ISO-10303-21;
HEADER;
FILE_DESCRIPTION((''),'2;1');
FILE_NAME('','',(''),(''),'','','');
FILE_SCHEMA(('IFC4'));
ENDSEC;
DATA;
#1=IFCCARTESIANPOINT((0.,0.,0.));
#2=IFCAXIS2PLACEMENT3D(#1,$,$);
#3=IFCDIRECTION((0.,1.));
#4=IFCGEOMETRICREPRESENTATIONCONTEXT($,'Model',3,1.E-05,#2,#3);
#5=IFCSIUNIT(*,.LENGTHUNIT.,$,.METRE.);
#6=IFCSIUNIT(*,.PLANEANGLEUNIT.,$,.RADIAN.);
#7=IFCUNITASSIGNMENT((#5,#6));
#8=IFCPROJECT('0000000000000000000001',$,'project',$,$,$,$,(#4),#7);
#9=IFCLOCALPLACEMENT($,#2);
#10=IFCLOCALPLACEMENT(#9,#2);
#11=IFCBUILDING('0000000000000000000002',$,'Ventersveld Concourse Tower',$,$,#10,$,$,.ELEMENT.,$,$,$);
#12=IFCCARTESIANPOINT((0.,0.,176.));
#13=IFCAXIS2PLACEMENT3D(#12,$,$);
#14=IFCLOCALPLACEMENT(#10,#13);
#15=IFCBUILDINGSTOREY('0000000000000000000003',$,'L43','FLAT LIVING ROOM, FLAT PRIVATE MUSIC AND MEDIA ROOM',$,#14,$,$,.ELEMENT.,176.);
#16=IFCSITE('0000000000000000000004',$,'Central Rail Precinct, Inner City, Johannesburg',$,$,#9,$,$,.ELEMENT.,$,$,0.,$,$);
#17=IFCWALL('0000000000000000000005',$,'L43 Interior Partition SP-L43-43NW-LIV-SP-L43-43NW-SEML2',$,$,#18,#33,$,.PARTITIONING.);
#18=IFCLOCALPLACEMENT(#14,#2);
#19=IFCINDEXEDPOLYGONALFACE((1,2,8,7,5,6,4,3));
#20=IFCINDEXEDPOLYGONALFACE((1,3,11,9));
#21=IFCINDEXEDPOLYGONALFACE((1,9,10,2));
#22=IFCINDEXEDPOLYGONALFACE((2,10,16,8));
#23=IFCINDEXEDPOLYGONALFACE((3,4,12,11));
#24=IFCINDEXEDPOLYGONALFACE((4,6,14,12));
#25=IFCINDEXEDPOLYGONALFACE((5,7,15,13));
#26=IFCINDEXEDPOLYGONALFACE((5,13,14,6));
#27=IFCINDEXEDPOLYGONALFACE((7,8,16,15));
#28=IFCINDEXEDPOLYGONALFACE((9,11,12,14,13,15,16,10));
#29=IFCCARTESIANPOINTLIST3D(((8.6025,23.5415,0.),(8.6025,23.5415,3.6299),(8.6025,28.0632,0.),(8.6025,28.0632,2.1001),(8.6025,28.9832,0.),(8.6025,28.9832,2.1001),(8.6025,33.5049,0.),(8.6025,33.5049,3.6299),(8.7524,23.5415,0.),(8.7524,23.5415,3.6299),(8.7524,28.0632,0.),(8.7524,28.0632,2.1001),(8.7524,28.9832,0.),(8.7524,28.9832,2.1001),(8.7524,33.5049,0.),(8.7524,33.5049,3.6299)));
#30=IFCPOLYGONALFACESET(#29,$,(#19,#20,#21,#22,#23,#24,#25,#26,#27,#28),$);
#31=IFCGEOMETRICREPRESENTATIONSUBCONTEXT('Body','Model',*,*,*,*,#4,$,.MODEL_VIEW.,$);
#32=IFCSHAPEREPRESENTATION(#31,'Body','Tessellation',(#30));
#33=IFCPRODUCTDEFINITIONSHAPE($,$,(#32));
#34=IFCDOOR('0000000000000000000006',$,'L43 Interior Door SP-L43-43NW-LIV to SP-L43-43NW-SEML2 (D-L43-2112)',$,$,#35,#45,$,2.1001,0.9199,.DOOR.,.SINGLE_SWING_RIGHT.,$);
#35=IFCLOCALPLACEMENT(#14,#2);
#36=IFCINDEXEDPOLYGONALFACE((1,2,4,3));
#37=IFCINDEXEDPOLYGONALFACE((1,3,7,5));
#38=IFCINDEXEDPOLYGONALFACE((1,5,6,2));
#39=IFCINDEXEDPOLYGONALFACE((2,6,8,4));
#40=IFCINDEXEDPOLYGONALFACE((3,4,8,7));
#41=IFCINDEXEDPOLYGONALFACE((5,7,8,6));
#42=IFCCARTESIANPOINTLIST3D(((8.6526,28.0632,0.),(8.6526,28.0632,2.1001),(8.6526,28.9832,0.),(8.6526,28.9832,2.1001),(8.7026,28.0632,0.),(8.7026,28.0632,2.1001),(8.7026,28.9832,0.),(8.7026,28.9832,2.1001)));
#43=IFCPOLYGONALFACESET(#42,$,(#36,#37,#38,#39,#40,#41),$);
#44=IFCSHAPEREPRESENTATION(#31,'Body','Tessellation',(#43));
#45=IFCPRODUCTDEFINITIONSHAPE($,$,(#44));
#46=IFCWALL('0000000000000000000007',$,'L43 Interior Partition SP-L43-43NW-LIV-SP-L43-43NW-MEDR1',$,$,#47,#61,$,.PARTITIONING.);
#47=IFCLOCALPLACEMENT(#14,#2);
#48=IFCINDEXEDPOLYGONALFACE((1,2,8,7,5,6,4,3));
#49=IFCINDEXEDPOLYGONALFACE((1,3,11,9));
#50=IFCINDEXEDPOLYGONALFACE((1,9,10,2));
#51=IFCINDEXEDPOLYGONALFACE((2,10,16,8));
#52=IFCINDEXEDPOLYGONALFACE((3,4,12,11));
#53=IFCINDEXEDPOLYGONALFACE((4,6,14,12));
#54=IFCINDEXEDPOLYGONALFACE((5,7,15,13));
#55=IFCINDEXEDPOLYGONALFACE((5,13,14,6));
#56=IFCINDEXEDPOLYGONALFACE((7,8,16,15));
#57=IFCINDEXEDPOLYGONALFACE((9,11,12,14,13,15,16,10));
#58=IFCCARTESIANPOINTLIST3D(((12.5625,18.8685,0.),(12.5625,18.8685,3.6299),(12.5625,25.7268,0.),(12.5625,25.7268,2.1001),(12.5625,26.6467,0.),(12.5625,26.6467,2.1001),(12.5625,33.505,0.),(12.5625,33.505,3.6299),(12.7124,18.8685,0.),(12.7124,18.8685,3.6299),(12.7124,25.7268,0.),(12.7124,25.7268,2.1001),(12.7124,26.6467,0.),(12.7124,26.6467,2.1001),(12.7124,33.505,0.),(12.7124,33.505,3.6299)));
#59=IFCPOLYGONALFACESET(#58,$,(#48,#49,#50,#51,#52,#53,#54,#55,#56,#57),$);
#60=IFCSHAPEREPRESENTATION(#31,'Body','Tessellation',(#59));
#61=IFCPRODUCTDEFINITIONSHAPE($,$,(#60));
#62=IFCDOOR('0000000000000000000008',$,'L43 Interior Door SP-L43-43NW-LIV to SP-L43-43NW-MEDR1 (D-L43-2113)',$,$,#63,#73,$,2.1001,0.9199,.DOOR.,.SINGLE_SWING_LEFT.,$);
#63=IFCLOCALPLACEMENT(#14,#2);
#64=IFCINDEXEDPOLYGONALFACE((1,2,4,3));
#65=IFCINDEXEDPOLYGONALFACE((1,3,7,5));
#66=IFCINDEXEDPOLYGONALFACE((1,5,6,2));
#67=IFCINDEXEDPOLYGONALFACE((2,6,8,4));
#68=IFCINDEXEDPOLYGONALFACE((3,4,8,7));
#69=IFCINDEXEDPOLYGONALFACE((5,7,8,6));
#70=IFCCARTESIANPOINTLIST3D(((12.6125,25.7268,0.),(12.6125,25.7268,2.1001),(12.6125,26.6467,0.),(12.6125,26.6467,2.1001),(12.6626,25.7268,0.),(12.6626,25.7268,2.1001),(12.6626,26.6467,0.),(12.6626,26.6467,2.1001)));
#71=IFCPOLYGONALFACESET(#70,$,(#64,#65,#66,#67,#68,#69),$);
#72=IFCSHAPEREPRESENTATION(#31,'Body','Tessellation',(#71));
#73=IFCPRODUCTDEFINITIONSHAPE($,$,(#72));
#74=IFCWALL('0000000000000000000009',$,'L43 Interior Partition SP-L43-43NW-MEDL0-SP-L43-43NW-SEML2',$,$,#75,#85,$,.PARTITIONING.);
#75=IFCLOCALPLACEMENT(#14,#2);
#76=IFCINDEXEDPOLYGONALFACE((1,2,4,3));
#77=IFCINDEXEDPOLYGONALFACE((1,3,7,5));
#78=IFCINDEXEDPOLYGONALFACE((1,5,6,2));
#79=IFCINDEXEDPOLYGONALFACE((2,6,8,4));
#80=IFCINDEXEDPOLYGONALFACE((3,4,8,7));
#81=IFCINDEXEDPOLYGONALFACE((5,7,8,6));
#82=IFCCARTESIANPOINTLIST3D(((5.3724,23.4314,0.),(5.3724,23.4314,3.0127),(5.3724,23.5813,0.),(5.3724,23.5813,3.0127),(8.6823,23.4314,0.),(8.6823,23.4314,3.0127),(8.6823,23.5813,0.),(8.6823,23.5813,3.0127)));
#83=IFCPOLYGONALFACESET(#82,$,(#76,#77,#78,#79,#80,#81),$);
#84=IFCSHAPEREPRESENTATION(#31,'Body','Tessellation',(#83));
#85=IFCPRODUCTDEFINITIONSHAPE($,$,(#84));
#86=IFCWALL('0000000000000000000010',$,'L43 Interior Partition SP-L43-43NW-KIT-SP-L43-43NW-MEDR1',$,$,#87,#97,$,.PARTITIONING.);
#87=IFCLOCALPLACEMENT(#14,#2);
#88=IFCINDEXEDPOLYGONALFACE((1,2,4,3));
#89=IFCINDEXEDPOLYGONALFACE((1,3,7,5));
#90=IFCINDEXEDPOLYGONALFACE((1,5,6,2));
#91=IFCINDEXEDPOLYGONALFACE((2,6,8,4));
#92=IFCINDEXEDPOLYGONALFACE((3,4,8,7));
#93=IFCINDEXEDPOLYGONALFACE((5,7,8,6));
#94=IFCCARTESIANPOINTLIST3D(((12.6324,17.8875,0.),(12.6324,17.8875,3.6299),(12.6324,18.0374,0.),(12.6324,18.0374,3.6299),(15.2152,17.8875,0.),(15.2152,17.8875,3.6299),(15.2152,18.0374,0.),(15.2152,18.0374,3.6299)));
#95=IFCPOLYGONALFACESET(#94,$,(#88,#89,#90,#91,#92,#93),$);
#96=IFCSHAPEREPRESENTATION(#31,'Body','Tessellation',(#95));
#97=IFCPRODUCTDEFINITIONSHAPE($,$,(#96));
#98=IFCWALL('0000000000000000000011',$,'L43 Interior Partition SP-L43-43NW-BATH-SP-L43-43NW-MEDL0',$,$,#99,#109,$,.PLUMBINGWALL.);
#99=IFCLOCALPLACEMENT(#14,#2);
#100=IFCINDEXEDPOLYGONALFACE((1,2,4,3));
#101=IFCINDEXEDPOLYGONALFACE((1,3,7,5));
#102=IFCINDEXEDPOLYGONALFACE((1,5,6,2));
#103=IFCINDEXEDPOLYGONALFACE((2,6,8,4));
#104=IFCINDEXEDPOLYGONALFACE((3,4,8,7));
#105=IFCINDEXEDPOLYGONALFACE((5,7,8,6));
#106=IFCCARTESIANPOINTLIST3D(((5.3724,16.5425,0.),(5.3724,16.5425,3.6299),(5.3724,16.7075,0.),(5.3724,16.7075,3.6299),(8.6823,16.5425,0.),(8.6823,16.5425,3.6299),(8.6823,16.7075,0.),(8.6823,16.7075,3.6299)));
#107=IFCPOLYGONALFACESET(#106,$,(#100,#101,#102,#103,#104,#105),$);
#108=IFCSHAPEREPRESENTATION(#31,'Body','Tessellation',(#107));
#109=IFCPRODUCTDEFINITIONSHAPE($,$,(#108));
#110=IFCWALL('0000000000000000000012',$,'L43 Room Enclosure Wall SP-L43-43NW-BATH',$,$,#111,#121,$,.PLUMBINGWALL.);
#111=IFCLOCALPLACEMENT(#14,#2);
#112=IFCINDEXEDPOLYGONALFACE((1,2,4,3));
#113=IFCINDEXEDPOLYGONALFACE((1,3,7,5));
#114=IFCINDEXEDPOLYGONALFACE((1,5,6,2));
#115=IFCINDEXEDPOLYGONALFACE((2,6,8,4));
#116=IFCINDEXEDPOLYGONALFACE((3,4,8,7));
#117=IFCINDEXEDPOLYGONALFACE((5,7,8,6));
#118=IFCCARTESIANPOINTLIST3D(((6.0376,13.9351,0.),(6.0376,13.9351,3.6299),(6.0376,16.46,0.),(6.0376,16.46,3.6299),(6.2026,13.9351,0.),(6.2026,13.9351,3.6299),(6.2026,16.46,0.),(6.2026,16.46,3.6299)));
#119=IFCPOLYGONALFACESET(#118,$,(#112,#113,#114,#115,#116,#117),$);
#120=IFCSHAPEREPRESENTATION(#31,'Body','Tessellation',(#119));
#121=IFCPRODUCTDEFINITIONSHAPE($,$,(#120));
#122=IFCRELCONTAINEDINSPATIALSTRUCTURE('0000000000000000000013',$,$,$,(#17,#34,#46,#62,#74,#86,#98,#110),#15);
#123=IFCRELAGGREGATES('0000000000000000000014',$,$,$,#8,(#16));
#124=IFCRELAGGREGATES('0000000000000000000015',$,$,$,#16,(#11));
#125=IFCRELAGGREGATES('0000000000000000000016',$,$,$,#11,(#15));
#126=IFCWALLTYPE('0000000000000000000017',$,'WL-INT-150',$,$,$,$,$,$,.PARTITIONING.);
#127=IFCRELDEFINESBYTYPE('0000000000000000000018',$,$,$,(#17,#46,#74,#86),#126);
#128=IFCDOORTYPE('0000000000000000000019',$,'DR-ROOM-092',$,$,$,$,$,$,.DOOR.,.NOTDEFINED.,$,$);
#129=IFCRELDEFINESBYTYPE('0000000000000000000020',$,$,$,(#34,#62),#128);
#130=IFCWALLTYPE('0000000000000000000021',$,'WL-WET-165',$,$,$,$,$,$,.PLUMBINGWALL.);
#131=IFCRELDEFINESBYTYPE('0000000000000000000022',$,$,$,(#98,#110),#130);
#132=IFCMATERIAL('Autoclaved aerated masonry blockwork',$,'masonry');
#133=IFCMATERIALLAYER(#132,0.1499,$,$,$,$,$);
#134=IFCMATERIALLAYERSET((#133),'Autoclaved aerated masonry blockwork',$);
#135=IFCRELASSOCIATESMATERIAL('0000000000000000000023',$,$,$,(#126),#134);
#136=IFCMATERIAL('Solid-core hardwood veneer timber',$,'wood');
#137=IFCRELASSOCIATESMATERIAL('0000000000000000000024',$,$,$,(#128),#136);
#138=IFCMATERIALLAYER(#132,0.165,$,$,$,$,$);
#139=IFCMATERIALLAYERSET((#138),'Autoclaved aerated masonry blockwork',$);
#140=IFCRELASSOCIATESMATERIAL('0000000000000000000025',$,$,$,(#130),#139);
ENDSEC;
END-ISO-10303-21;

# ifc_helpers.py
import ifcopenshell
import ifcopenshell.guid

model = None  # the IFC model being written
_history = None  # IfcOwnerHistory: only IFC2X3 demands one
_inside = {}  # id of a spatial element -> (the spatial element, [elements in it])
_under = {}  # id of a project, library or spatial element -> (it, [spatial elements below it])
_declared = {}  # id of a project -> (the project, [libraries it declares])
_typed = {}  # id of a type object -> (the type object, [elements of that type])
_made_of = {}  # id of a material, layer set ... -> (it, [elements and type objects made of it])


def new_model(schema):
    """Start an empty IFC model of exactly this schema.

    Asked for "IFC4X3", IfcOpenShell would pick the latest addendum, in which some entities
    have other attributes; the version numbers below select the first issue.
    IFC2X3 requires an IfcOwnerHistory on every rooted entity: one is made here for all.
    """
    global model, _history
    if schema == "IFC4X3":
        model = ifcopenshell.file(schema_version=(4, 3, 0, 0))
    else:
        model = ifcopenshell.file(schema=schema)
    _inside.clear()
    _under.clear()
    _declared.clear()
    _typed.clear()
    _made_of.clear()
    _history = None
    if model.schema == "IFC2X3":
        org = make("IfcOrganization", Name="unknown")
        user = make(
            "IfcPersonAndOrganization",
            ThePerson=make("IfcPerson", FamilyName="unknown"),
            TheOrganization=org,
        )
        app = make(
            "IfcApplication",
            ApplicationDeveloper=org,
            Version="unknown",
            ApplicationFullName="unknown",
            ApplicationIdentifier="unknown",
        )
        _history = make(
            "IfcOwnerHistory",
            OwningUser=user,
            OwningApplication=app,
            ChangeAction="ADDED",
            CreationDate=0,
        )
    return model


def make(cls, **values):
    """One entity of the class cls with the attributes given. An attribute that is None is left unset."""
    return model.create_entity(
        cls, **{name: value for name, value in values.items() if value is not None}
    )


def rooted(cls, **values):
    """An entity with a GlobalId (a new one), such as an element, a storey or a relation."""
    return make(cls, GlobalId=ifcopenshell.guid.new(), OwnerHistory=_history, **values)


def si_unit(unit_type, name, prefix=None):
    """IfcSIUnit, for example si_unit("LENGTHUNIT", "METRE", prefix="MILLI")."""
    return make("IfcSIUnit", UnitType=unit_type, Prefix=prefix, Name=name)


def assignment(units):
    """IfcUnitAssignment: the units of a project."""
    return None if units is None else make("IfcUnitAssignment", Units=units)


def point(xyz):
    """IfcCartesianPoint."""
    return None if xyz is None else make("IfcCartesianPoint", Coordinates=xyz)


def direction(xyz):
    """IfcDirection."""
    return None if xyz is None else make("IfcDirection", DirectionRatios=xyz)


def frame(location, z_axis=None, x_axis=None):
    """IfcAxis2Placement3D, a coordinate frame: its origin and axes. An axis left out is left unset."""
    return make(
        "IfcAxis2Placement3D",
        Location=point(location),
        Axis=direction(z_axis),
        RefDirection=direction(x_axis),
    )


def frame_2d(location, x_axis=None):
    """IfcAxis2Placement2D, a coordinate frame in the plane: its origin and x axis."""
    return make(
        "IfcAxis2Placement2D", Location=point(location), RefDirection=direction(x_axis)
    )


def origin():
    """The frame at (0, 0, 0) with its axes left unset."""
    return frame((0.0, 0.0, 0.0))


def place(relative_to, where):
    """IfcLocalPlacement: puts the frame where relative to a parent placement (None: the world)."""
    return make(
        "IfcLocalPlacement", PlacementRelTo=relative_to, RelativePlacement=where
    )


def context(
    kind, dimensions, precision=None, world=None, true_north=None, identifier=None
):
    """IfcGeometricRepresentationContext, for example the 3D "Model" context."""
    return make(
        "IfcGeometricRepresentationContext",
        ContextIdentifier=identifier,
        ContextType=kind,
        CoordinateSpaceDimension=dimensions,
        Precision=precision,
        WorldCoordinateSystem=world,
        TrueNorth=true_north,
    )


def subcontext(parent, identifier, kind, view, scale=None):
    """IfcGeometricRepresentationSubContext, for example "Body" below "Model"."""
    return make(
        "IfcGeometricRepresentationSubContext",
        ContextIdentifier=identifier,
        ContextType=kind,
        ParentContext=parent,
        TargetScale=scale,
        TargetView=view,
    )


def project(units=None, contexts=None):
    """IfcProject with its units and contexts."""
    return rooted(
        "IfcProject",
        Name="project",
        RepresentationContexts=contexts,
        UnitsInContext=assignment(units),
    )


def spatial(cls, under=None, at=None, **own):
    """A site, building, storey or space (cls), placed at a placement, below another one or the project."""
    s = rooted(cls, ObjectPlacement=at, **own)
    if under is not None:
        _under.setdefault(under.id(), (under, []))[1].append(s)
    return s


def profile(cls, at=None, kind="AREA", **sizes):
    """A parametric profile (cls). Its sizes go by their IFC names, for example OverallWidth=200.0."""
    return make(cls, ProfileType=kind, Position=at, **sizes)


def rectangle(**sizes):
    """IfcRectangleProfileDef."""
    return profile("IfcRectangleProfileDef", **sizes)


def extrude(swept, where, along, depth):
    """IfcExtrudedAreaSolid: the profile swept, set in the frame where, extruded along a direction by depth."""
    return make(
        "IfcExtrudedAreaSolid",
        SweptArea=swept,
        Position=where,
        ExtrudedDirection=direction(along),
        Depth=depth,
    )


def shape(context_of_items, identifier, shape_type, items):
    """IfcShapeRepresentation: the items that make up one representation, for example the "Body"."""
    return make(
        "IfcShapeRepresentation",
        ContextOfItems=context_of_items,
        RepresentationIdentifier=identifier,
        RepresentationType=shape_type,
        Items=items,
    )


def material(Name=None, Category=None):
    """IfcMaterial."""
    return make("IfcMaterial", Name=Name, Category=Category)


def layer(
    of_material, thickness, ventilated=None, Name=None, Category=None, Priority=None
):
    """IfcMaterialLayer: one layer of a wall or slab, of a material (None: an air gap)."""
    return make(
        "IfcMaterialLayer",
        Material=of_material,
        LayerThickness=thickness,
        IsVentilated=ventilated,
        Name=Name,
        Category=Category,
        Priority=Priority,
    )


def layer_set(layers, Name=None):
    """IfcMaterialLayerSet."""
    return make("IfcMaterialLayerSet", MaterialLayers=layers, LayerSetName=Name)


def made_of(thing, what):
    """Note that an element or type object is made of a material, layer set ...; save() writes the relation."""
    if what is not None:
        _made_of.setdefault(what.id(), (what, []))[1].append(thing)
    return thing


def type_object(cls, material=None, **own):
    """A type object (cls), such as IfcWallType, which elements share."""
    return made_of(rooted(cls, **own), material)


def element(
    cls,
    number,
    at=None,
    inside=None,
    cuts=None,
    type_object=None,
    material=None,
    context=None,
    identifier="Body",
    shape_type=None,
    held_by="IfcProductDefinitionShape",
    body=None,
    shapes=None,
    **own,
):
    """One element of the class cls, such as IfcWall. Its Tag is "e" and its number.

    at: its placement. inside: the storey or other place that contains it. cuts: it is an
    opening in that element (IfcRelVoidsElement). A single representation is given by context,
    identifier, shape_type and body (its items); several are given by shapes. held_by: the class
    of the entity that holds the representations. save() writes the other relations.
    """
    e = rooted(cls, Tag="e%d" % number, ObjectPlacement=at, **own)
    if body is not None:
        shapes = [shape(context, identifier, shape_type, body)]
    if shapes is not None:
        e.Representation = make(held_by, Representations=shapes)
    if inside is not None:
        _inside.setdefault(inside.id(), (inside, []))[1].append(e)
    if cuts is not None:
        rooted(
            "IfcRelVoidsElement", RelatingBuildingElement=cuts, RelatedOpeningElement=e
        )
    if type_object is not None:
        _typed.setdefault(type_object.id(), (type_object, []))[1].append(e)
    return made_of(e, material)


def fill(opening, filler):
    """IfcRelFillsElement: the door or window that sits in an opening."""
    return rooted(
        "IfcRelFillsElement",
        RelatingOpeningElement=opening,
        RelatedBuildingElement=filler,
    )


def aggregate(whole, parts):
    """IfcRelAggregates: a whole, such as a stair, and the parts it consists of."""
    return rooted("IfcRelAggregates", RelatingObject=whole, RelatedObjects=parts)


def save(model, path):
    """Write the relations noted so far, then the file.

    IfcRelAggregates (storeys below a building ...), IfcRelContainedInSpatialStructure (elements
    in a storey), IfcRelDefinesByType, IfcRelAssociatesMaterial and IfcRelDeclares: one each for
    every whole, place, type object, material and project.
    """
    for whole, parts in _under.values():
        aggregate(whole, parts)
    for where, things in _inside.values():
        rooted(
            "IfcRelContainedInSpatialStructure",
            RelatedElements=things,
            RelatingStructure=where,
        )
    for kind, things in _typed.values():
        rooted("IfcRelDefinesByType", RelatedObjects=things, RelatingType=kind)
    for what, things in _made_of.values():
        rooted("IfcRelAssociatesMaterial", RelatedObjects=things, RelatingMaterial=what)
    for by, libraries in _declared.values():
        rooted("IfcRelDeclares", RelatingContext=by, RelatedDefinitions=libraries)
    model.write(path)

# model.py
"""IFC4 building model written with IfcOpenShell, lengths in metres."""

from ifc_helpers import new_model, si_unit, direction, frame, frame_2d, origin, place, context, subcontext, project, spatial, rectangle, extrude, material, layer, layer_set, type_object, element, fill, save


model = new_model("IFC4")

# Units and contexts
model_context = context("Model", 3, precision=1e-05, world=origin(), true_north=direction((0.0, 1.0)))
body_context = subcontext(model_context, "Body", "Model", "MODEL_VIEW")
ifc_project = project(units=[si_unit("LENGTHUNIT", "METRE"), si_unit("PLANEANGLEUNIT", "RADIAN")], contexts=[model_context])

# Site, building, storey
site_placement = place(None, origin())
site = spatial("IfcSite", under=ifc_project, at=site_placement, Name="Central Rail Precinct, Inner City, Johannesburg", CompositionType="ELEMENT", RefElevation=0.0)
building_placement = place(site_placement, origin())
building = spatial("IfcBuilding", under=site, at=building_placement, Name="Ventersveld Concourse Tower", CompositionType="ELEMENT")
storey_placement = place(building_placement, frame((0.0, 0.0, 176.0)))
storey = spatial("IfcBuildingStorey", under=building, at=storey_placement, Name="L43", Description="FLAT LIVING ROOM, FLAT PRIVATE MUSIC AND MEDIA ROOM", CompositionType="ELEMENT", Elevation=176.0)

# Shared definitions
ifc_material_1 = material(Name="Autoclaved aerated masonry blockwork", Category="masonry")
ifc_layer_1 = layer(ifc_material_1, 0.1499)
ifc_layer_set_1 = layer_set([ifc_layer_1], Name="Autoclaved aerated masonry blockwork")
wall_type_1 = type_object("IfcWallType", Name="WL-INT-150", PredefinedType="PARTITIONING", material=ifc_layer_set_1)
ifc_material_2 = material(Name="Solid-core hardwood veneer timber", Category="wood")
door_type = type_object("IfcDoorType", Name="DR-ROOM-092", OperationType="NOTDEFINED", PredefinedType="DOOR", material=ifc_material_2)

# Walls, openings, doors
wall_1_placement = place(storey_placement, frame((8.6775, 23.5415, 0.0), z_axis=(0.0, 0.0, 1.0), x_axis=(0.0, 1.0, 0.0)))
wall_1 = element("IfcWall", 1, at=wall_1_placement, inside=storey, type_object=wall_type_1, Name="L43 Interior Partition SP-L43-43NW-LIV-SP-L43-43NW-SEML2", PredefinedType="PARTITIONING", context=body_context, shape_type="SweptSolid", body=[
    extrude(rectangle(XDim=9.9634, YDim=0.1499, at=frame_2d((4.9817, 0.0))), origin(), (0.0, 0.0, 1.0), 3.6299),
])
opening_1_placement = place(wall_1_placement, frame((4.5217, 0.0, 0.0)))
opening_1 = element("IfcOpeningElement", 2, at=opening_1_placement, cuts=wall_1, PredefinedType="OPENING", context=body_context, shape_type="SweptSolid", body=[
    extrude(rectangle(XDim=0.9199, YDim=2.1001, at=frame_2d((0.46, 1.05))), frame((0.0, 0.085, 0.0), z_axis=(0.0, -1.0, 0.0), x_axis=(1.0, 0.0, 0.0)), (0.0, 0.0, 1.0), 0.1699),
])
door_1_placement = place(opening_1_placement, origin())
door_1 = element("IfcDoor", 3, at=door_1_placement, inside=storey, type_object=door_type, Name="L43 Interior Door SP-L43-43NW-LIV to SP-L43-43NW-SEML2 (D-L43-2112)", OperationType="SINGLE_SWING_RIGHT", OverallHeight=2.1001, OverallWidth=0.9199, PredefinedType="DOOR", context=body_context, shape_type="SweptSolid", body=[
    extrude(rectangle(XDim=0.9199, YDim=2.1001, at=frame_2d((0.46, 1.05))), frame((0.0, 0.0249, 0.0), z_axis=(0.0, -1.0, 0.0), x_axis=(1.0, 0.0, 0.0)), (0.0, 0.0, 1.0), 0.05),
])
fill(opening_1, door_1)
wall_2_placement = place(storey_placement, frame((12.6375, 18.8684, 0.0), z_axis=(0.0, 0.0, 1.0), x_axis=(0.0, 1.0, 0.0)))
wall_2 = element("IfcWall", 4, at=wall_2_placement, inside=storey, type_object=wall_type_1, Name="L43 Interior Partition SP-L43-43NW-LIV-SP-L43-43NW-MEDR1", PredefinedType="PARTITIONING", context=body_context, shape_type="SweptSolid", body=[
    extrude(rectangle(XDim=14.6365, YDim=0.1499, at=frame_2d((7.3184, 0.0))), origin(), (0.0, 0.0, 1.0), 3.6299),
])
opening_2_placement = place(wall_2_placement, frame((6.8584, 0.0, 0.0)))
opening_2 = element("IfcOpeningElement", 5, at=opening_2_placement, cuts=wall_2, PredefinedType="OPENING", context=body_context, shape_type="SweptSolid", body=[
    extrude(rectangle(XDim=0.9199, YDim=2.1001, at=frame_2d((0.46, 1.05))), frame((0.0, 0.085, 0.0), z_axis=(0.0, -1.0, 0.0), x_axis=(1.0, 0.0, 0.0)), (0.0, 0.0, 1.0), 0.1699),
])
door_2_placement = place(opening_2_placement, origin())
door_2 = element("IfcDoor", 6, at=door_2_placement, inside=storey, type_object=door_type, Name="L43 Interior Door SP-L43-43NW-LIV to SP-L43-43NW-MEDR1 (D-L43-2113)", OperationType="SINGLE_SWING_LEFT", OverallHeight=2.1001, OverallWidth=0.9199, PredefinedType="DOOR", context=body_context, shape_type="SweptSolid", body=[
    extrude(rectangle(XDim=0.9199, YDim=2.1001, at=frame_2d((0.46, 1.05))), frame((0.0, 0.0249, 0.0), z_axis=(0.0, -1.0, 0.0), x_axis=(1.0, 0.0, 0.0)), (0.0, 0.0, 1.0), 0.05),
])
fill(opening_2, door_2)

# Walls
wall_3_placement = place(storey_placement, frame((5.3726, 23.5063, 0.0), z_axis=(0.0, 0.0, 1.0), x_axis=(1.0, 0.0, 0.0)))
element("IfcWall", 7, at=wall_3_placement, inside=storey, type_object=wall_type_1, Name="L43 Interior Partition SP-L43-43NW-MEDL0-SP-L43-43NW-SEML2", PredefinedType="PARTITIONING", context=body_context, shape_type="SweptSolid", body=[
    extrude(rectangle(XDim=3.3098, YDim=0.1499, at=frame_2d((1.6548, 0.0))), origin(), (0.0, 0.0, 1.0), 3.0127),
])
wall_4_placement = place(storey_placement, frame((12.6323, 17.9624, 0.0), z_axis=(0.0, 0.0, 1.0), x_axis=(1.0, 0.0, 0.0)))
element("IfcWall", 8, at=wall_4_placement, inside=storey, type_object=wall_type_1, Name="L43 Interior Partition SP-L43-43NW-KIT-SP-L43-43NW-MEDR1", PredefinedType="PARTITIONING", context=body_context, shape_type="SweptSolid", body=[
    extrude(rectangle(XDim=2.5828, YDim=0.1499, at=frame_2d((1.2915, 0.0))), origin(), (0.0, 0.0, 1.0), 3.6299),
])
ifc_layer_2 = layer(ifc_material_1, 0.165)
ifc_layer_set_2 = layer_set([ifc_layer_2], Name="Autoclaved aerated masonry blockwork")
wall_type_2 = type_object("IfcWallType", Name="WL-WET-165", PredefinedType="PLUMBINGWALL", material=ifc_layer_set_2)
wall_5_placement = place(storey_placement, frame((5.3726, 16.625, 0.0), z_axis=(0.0, 0.0, 1.0), x_axis=(1.0, 0.0, 0.0)))
element("IfcWall", 9, at=wall_5_placement, inside=storey, type_object=wall_type_2, Name="L43 Interior Partition SP-L43-43NW-BATH-SP-L43-43NW-MEDL0", PredefinedType="PLUMBINGWALL", context=body_context, shape_type="SweptSolid", body=[
    extrude(rectangle(XDim=3.3098, YDim=0.165, at=frame_2d((1.6548, 0.0))), origin(), (0.0, 0.0, 1.0), 3.6299),
])
wall_6_placement = place(storey_placement, frame((6.1201, 13.9351, 0.0), z_axis=(0.0, 0.0, 1.0), x_axis=(0.0, 1.0, 0.0)))
element("IfcWall", 10, at=wall_6_placement, inside=storey, type_object=wall_type_2, Name="L43 Room Enclosure Wall SP-L43-43NW-BATH", PredefinedType="PLUMBINGWALL", context=body_context, shape_type="SweptSolid", body=[
    extrude(rectangle(XDim=2.5249, YDim=0.165, at=frame_2d((1.2625, 0.0))), origin(), (0.0, 0.0, 1.0), 3.6299),
])

save(model, "model.ifc")
